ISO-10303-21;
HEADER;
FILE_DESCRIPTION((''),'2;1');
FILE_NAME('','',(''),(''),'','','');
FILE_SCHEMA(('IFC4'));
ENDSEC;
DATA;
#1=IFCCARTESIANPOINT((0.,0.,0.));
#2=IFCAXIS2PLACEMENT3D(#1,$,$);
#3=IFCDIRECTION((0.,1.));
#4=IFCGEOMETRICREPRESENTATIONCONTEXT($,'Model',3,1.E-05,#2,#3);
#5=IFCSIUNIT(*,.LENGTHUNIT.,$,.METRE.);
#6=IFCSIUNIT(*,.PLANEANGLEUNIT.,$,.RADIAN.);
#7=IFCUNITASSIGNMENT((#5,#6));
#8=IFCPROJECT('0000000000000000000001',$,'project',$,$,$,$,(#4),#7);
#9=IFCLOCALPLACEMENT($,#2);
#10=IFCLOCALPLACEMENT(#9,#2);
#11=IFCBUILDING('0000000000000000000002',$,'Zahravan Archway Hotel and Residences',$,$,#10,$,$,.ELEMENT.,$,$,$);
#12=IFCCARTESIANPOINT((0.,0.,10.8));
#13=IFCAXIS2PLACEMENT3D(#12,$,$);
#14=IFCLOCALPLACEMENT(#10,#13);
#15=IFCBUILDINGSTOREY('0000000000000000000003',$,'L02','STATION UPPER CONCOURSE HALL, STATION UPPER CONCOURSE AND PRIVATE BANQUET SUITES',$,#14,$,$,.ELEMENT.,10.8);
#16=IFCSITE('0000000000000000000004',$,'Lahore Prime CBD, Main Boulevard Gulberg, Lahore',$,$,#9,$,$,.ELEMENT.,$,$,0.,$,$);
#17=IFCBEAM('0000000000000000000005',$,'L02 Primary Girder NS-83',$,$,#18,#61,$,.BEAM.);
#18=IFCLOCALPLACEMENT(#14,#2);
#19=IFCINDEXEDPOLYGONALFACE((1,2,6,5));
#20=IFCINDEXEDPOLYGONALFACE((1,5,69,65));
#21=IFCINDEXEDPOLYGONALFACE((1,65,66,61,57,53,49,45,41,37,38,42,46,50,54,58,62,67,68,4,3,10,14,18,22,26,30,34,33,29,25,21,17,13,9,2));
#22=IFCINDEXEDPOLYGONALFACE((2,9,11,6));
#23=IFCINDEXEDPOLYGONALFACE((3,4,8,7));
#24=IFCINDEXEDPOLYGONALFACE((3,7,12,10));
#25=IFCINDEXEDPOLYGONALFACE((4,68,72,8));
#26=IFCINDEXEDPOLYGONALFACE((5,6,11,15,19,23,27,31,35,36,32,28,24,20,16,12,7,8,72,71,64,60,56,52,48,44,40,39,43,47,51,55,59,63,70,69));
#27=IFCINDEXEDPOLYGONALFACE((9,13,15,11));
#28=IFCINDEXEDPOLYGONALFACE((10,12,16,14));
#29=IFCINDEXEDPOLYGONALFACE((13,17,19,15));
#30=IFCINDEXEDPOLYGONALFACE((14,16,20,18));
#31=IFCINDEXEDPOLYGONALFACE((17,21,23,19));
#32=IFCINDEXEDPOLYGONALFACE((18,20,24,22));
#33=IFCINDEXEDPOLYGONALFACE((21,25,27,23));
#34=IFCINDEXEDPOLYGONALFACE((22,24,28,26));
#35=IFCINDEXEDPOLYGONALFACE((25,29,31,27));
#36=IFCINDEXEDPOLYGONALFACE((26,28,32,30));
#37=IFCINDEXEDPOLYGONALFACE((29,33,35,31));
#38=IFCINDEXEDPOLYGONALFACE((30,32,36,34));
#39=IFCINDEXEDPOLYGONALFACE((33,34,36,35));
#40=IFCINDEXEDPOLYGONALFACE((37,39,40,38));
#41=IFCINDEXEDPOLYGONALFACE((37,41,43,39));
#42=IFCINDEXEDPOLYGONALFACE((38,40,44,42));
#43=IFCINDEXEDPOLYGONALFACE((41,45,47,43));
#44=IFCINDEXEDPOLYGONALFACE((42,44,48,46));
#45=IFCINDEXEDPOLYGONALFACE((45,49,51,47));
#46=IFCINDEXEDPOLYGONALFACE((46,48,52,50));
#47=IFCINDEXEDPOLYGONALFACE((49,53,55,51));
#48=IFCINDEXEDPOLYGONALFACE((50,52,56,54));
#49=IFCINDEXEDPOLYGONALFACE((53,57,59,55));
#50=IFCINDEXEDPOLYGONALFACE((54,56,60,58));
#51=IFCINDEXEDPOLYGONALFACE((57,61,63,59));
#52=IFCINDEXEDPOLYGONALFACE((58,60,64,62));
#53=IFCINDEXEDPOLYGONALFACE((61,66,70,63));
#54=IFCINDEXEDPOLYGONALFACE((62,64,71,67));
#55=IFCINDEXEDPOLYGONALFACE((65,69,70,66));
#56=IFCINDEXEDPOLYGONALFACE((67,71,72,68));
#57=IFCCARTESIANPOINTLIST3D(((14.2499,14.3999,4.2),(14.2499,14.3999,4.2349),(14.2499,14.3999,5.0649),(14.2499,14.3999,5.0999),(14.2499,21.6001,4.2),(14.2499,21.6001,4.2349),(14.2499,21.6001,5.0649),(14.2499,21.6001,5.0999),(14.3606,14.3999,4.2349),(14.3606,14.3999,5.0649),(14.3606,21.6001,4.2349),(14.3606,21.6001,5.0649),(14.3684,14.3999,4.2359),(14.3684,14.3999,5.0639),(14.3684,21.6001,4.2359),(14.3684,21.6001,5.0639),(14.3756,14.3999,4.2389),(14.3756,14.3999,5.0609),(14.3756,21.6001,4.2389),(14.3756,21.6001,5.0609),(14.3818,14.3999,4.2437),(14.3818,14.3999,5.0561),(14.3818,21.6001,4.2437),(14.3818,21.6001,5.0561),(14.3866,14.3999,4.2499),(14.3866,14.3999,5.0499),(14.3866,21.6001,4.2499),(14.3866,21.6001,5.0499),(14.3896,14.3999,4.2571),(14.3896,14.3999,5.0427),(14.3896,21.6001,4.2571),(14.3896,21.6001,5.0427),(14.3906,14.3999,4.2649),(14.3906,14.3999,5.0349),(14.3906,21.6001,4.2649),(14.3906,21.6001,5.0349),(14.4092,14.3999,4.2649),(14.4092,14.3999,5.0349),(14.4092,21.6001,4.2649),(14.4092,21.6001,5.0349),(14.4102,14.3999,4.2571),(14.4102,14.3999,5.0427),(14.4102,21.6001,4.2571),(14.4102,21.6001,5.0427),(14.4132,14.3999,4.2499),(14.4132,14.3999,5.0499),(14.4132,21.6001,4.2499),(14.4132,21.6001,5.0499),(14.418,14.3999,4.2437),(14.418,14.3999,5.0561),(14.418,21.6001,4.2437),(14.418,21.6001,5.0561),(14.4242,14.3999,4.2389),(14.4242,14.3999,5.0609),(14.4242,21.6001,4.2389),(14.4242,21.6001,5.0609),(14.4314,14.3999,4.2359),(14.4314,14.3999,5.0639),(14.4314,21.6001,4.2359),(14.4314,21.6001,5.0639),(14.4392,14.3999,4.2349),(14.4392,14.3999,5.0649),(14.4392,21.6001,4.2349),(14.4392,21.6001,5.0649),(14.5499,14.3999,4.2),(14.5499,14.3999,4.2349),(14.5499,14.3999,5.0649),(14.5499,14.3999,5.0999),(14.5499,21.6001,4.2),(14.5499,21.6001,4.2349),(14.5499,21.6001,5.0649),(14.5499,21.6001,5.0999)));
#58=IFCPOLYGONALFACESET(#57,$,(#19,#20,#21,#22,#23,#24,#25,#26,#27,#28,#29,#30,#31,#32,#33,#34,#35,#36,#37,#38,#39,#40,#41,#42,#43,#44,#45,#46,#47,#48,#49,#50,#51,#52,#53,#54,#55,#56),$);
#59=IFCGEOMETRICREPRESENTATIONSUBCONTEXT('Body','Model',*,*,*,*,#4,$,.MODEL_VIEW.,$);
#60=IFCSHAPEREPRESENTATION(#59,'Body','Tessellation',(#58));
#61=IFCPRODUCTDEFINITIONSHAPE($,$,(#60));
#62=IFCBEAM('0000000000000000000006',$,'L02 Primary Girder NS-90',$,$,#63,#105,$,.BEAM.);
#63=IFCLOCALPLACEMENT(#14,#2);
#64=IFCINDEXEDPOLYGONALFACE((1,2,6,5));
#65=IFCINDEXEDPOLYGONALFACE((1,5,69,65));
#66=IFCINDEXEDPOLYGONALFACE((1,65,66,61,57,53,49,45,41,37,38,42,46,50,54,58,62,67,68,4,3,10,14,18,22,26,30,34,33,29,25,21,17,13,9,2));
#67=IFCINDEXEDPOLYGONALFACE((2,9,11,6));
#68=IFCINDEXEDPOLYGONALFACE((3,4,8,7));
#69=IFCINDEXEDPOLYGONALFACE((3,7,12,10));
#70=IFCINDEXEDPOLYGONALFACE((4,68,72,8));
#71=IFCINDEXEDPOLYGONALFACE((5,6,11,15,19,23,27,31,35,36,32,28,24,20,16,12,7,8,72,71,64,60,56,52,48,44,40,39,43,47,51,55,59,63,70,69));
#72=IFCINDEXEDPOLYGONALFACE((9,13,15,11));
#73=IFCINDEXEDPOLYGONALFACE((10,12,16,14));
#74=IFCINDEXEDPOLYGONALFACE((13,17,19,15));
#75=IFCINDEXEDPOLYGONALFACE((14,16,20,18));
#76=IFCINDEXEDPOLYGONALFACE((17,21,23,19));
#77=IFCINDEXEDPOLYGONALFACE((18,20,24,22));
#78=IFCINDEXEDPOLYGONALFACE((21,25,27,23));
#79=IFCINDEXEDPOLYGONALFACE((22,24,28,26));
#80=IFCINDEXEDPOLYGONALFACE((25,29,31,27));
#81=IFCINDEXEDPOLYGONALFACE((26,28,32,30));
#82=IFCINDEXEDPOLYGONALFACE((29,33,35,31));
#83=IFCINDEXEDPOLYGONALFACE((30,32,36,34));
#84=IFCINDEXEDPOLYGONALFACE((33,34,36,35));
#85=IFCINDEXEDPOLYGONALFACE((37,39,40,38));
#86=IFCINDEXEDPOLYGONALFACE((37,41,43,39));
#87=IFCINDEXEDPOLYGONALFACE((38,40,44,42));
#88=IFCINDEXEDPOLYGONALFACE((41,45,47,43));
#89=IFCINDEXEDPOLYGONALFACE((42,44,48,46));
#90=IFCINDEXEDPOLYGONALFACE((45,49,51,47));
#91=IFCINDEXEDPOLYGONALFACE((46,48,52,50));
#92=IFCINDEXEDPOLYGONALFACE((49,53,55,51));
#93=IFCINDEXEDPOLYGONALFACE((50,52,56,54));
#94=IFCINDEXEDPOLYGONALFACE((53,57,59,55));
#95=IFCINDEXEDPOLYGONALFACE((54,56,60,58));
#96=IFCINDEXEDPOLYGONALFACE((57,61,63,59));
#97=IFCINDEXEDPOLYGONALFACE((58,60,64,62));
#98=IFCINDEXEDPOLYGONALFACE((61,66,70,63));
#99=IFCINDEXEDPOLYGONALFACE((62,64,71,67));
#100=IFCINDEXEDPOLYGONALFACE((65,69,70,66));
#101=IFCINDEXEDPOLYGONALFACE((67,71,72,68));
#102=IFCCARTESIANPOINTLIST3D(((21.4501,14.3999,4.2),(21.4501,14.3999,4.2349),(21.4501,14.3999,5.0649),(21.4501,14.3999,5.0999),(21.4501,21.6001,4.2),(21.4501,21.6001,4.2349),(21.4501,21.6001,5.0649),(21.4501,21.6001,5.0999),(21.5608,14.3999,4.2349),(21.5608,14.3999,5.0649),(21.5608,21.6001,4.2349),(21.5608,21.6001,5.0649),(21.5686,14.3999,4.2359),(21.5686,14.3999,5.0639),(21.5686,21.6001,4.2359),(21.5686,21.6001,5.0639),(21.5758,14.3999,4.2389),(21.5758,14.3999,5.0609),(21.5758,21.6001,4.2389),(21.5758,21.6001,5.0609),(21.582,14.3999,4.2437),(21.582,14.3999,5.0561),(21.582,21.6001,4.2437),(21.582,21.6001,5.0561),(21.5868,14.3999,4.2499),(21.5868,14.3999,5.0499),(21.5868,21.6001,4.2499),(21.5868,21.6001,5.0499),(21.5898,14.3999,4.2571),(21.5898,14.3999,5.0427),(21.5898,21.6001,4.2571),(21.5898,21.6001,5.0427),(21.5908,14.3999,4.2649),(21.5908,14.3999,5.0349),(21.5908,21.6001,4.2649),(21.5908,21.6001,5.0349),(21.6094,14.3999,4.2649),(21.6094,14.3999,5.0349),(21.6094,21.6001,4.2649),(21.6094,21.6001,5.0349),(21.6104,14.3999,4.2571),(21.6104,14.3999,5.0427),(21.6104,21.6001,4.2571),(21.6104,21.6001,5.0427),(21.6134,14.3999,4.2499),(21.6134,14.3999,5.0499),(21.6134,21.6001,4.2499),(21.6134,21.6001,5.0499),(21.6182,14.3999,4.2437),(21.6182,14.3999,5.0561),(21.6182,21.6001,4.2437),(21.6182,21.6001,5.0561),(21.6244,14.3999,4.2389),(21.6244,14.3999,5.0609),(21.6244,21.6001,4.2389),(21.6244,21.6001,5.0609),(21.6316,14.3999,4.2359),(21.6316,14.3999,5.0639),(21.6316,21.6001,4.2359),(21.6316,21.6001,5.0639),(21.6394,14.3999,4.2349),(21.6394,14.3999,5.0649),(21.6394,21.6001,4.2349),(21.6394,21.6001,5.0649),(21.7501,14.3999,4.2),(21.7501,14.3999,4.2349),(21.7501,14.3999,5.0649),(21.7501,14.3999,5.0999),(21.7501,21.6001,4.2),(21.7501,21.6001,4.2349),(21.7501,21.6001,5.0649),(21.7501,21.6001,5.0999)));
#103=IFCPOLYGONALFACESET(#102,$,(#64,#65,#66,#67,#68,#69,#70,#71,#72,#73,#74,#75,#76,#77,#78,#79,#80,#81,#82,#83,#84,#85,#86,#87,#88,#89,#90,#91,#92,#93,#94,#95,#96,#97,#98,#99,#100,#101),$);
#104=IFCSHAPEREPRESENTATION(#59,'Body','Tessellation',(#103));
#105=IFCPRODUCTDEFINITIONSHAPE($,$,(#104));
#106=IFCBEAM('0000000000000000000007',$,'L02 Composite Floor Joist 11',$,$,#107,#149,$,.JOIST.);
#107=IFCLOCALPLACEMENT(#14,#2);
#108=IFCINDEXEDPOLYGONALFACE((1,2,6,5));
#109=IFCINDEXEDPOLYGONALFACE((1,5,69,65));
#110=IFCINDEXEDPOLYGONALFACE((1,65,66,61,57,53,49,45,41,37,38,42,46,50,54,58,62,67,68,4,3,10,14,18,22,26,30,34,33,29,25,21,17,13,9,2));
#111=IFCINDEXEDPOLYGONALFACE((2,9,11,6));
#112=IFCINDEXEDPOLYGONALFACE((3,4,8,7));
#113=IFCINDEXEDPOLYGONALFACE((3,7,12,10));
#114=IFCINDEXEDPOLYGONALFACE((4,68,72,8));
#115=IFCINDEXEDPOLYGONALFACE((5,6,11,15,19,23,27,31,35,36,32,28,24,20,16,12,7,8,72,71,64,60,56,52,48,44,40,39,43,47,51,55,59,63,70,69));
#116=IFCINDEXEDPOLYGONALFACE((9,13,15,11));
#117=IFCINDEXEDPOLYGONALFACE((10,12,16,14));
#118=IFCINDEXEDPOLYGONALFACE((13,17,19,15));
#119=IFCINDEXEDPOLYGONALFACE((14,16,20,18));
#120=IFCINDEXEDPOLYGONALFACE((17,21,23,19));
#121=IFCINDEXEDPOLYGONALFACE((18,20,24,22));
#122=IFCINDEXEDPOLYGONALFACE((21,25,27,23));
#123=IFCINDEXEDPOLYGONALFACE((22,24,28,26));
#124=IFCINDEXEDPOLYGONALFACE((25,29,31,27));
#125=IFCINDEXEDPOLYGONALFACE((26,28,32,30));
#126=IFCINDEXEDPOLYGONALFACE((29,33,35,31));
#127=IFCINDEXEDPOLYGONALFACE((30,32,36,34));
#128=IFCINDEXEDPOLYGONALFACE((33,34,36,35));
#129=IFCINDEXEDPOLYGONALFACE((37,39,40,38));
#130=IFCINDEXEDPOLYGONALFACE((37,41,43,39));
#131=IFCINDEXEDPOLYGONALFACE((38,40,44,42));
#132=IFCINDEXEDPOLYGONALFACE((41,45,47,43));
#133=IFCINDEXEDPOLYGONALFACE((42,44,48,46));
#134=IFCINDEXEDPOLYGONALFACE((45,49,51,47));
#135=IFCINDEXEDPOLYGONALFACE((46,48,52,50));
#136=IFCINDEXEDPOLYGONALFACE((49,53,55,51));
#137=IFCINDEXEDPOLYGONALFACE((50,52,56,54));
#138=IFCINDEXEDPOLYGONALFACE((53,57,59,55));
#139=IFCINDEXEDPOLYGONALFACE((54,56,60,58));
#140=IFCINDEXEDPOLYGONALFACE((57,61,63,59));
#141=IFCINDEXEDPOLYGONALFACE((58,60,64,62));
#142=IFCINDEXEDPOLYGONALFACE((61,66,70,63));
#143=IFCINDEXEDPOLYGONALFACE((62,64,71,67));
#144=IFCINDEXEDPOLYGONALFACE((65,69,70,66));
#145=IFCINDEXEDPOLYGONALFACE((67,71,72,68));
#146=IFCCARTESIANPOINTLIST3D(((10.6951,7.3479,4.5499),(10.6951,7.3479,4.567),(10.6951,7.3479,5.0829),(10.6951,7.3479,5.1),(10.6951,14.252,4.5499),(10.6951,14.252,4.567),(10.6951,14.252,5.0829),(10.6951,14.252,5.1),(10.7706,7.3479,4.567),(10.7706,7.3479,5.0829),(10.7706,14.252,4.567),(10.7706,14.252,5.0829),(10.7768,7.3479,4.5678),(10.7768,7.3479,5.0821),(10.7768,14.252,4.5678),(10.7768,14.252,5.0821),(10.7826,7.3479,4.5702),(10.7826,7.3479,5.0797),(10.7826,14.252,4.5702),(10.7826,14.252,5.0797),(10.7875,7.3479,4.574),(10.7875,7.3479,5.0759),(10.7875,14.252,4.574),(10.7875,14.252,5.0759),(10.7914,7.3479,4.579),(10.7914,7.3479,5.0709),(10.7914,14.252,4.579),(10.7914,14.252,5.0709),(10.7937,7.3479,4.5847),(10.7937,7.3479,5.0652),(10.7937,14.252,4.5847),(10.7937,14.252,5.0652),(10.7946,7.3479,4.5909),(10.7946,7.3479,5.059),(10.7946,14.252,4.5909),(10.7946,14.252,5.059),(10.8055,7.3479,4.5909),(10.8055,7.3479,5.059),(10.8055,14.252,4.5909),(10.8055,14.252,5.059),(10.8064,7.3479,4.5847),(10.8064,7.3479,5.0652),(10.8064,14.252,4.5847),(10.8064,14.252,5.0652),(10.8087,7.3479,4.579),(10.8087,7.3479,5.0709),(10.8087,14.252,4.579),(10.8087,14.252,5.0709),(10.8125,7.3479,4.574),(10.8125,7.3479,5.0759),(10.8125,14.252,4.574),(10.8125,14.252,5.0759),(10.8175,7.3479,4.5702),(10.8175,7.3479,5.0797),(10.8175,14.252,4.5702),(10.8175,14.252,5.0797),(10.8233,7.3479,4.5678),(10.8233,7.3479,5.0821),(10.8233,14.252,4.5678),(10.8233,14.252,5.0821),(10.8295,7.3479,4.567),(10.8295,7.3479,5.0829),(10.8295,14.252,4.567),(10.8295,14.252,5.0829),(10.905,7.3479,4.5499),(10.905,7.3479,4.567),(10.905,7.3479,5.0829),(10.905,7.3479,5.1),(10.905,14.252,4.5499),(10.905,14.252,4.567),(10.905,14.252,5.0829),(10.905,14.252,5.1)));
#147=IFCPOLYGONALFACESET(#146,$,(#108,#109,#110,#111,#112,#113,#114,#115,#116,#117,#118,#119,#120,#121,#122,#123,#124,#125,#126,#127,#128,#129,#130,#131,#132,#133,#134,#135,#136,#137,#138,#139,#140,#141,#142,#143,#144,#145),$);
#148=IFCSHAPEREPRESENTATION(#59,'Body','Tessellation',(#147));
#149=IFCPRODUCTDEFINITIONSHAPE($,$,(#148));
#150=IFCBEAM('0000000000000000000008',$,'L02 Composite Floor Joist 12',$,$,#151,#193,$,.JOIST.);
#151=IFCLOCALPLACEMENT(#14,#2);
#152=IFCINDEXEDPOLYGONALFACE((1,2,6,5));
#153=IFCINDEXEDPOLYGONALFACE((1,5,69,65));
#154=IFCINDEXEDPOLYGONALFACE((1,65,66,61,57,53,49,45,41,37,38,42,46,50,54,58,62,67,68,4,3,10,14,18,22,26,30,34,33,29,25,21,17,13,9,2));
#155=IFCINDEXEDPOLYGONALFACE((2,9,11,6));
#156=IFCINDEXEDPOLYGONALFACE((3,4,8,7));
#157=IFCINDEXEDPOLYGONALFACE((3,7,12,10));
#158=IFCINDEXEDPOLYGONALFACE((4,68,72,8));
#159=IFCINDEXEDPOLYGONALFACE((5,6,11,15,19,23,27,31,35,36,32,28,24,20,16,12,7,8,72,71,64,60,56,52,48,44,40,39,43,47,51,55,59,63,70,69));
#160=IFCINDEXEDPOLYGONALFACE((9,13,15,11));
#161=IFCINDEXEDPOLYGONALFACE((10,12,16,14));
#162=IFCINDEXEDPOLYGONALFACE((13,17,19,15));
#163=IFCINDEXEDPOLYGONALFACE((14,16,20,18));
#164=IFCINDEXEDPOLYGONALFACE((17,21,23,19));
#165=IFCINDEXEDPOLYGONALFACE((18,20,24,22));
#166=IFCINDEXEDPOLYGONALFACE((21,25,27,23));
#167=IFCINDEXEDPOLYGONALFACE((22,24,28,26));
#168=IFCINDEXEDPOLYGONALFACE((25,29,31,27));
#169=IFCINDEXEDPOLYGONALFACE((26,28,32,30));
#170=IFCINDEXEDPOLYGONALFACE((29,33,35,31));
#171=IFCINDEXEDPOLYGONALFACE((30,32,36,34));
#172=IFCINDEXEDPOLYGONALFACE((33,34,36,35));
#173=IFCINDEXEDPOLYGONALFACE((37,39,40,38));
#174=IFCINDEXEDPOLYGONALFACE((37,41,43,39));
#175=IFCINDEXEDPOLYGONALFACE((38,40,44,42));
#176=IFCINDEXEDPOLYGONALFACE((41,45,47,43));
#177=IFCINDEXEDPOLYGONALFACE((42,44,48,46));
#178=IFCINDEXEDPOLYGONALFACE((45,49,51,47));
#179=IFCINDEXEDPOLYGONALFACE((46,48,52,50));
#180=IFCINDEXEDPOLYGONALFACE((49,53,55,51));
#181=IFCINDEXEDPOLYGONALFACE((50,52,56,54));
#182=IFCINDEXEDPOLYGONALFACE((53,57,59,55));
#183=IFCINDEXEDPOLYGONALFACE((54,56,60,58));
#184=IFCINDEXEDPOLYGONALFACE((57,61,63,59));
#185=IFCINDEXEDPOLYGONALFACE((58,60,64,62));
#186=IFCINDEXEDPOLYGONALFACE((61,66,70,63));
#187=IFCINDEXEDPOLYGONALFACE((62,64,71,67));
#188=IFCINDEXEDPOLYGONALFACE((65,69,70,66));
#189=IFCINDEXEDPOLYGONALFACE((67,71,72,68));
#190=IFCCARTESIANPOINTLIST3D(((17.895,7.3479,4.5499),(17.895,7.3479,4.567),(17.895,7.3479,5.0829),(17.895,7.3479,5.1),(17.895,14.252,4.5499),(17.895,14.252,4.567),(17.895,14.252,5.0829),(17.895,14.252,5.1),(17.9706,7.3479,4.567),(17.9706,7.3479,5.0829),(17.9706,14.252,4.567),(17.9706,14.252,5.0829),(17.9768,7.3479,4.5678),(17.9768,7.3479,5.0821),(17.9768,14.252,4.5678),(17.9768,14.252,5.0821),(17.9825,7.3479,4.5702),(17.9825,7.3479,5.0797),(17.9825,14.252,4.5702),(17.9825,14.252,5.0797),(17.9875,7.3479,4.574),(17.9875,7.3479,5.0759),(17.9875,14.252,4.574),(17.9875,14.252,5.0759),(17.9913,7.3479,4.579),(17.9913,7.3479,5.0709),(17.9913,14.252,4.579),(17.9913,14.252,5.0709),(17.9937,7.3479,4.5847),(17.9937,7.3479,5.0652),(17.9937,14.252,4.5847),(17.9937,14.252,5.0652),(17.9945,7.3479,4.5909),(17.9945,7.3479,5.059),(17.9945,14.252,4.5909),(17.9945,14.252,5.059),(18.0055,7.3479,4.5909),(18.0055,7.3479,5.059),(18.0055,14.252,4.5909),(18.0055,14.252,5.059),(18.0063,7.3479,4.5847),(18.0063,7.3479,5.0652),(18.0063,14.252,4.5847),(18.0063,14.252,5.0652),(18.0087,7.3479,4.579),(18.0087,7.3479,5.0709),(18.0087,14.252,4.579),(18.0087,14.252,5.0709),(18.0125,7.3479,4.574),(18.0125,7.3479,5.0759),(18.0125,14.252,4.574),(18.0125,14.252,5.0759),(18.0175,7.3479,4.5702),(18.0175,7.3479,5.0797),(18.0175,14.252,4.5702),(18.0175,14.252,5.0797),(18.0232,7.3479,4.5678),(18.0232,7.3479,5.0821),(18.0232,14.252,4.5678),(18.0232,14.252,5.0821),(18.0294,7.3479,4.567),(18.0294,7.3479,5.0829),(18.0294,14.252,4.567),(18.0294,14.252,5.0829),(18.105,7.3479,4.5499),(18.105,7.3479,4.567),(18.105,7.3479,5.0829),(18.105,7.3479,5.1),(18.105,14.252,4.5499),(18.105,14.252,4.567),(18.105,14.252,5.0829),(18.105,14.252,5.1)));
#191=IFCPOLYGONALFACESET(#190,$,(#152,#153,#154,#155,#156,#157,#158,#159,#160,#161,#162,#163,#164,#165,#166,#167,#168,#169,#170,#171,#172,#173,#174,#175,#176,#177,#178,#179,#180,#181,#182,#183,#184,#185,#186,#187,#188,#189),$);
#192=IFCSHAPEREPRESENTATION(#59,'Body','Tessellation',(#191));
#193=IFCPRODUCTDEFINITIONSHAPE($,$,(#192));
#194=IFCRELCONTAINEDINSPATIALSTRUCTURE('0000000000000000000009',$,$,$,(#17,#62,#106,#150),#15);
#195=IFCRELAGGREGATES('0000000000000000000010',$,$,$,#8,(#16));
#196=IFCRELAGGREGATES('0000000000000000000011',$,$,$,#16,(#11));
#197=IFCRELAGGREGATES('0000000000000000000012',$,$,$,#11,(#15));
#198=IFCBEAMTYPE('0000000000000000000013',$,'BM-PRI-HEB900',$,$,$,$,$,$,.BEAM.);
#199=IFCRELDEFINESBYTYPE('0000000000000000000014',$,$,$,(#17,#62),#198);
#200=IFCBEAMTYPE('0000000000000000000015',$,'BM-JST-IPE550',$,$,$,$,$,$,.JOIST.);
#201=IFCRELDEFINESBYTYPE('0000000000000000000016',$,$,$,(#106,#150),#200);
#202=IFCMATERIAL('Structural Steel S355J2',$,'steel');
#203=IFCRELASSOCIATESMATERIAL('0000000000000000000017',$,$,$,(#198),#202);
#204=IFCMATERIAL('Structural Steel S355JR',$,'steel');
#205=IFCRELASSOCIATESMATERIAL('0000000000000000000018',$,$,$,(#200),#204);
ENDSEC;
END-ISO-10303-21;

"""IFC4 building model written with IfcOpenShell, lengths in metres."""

from ifc_helpers import new_model, si_unit, direction, frame, origin, origin_2d, place, context, subcontext, project, spatial, i_section, extrude, source, transform, mapped, material, material_profile, profile_set, type_object, type_shapes, element, save


model = new_model("IFC4")

# Units and contexts
model_context = context("Model", 3, precision=1e-05, world=origin(), true_north=direction((0.0, 1.0)))
body_context = subcontext(model_context, "Body", "Model", "MODEL_VIEW")
ifc_project = project(units=[si_unit("LENGTHUNIT", "METRE"), si_unit("PLANEANGLEUNIT", "RADIAN")], contexts=[model_context])

# Site, building, storey
site_placement = place(None, origin())
site = spatial("IfcSite", under=ifc_project, at=site_placement, Name="Lahore Prime CBD, Main Boulevard Gulberg, Lahore", CompositionType="ELEMENT", RefElevation=0.0)
building_placement = place(site_placement, origin())
building = spatial("IfcBuilding", under=site, at=building_placement, Name="Zahravan Archway Hotel and Residences", CompositionType="ELEMENT")
storey_placement = place(building_placement, frame((0.0, 0.0, 10.8)))
storey = spatial("IfcBuildingStorey", under=building, at=storey_placement, Name="L02", Description="STATION UPPER CONCOURSE HALL, STATION UPPER CONCOURSE AND PRIVATE BANQUET SUITES", CompositionType="ELEMENT", Elevation=10.8)

# Beams
ifc_material_1 = material(Name="Structural Steel S355J2", Category="steel")
ifc_material_profile_1 = material_profile(ifc_material_1, i_section(OverallWidth=0.3, OverallDepth=0.8999, WebThickness=0.0186, FlangeThickness=0.0349, FilletRadius=0.03, at=origin_2d()), Name="HEB 900", Category="steel")
ifc_profile_set_1 = profile_set([ifc_material_profile_1], Name="Structural Steel S355J2")
beam_type_1 = type_object("IfcBeamType", Name="BM-PRI-HEB900", PredefinedType="BEAM", material=ifc_profile_set_1)
shared_shape_1 = source(origin(), body_context, "Body", "SweptSolid", [
    extrude(i_section(OverallWidth=0.3, OverallDepth=0.8999, WebThickness=0.0186, FlangeThickness=0.0349, FilletRadius=0.03, at=origin_2d()), origin(), (0.0, 0.0, 1.0), 7.2002),
])
for number, where, z_axis, x_axis, name in (
    (1, (14.3999, 14.3999, 4.6499), (0.0, 1.0, 0.0), (-1.0, 0.0, 0.0), "L02 Primary Girder NS-83"),
    (2, (21.6001, 14.3999, 4.6499), (0.0, 1.0, 0.0), (-1.0, 0.0, 0.0), "L02 Primary Girder NS-90"),
):
    element("IfcBeam", number, at=place(storey_placement, frame(where, z_axis=z_axis, x_axis=x_axis)), inside=storey, type_object=beam_type_1, Name=name, PredefinedType="BEAM", context=body_context, shape_type="MappedRepresentation", body=[
        mapped(shared_shape_1, transform((0.0, 0.0, 0.0), scale=1.0)),
    ])
ifc_material_2 = material(Name="Structural Steel S355JR", Category="steel")
ifc_material_profile_2 = material_profile(ifc_material_2, i_section(OverallWidth=0.21, OverallDepth=0.55, WebThickness=0.011, FlangeThickness=0.0171, FilletRadius=0.0239, at=origin_2d()), Name="IPE 550", Category="steel")
ifc_profile_set_2 = profile_set([ifc_material_profile_2], Name="Structural Steel S355JR")
beam_type_2 = type_object("IfcBeamType", Name="BM-JST-IPE550", PredefinedType="JOIST", material=ifc_profile_set_2)
shared_shape_2 = source(origin(), body_context, "Body", "SweptSolid", [
    extrude(i_section(OverallWidth=0.21, OverallDepth=0.55, WebThickness=0.011, FlangeThickness=0.0171, FilletRadius=0.0239, at=origin_2d()), origin(), (0.0, 0.0, 1.0), 6.9041),
])
type_shapes(beam_type_2, [shared_shape_2])
for number, where, z_axis, x_axis, name in (
    (3, (10.8, 7.3479, 4.825), (0.0, 1.0, 0.0), (-1.0, 0.0, 0.0), "L02 Composite Floor Joist 11"),
    (4, (18.0, 7.3479, 4.825), (0.0, 1.0, 0.0), (-1.0, 0.0, 0.0), "L02 Composite Floor Joist 12"),
):
    element("IfcBeam", number, at=place(storey_placement, frame(where, z_axis=z_axis, x_axis=x_axis)), inside=storey, type_object=beam_type_2, Name=name, PredefinedType="JOIST", context=body_context, shape_type="MappedRepresentation", body=[
        mapped(shared_shape_2, transform((0.0, 0.0, 0.0), scale=1.0)),
    ])

save(model, "model.ifc")
